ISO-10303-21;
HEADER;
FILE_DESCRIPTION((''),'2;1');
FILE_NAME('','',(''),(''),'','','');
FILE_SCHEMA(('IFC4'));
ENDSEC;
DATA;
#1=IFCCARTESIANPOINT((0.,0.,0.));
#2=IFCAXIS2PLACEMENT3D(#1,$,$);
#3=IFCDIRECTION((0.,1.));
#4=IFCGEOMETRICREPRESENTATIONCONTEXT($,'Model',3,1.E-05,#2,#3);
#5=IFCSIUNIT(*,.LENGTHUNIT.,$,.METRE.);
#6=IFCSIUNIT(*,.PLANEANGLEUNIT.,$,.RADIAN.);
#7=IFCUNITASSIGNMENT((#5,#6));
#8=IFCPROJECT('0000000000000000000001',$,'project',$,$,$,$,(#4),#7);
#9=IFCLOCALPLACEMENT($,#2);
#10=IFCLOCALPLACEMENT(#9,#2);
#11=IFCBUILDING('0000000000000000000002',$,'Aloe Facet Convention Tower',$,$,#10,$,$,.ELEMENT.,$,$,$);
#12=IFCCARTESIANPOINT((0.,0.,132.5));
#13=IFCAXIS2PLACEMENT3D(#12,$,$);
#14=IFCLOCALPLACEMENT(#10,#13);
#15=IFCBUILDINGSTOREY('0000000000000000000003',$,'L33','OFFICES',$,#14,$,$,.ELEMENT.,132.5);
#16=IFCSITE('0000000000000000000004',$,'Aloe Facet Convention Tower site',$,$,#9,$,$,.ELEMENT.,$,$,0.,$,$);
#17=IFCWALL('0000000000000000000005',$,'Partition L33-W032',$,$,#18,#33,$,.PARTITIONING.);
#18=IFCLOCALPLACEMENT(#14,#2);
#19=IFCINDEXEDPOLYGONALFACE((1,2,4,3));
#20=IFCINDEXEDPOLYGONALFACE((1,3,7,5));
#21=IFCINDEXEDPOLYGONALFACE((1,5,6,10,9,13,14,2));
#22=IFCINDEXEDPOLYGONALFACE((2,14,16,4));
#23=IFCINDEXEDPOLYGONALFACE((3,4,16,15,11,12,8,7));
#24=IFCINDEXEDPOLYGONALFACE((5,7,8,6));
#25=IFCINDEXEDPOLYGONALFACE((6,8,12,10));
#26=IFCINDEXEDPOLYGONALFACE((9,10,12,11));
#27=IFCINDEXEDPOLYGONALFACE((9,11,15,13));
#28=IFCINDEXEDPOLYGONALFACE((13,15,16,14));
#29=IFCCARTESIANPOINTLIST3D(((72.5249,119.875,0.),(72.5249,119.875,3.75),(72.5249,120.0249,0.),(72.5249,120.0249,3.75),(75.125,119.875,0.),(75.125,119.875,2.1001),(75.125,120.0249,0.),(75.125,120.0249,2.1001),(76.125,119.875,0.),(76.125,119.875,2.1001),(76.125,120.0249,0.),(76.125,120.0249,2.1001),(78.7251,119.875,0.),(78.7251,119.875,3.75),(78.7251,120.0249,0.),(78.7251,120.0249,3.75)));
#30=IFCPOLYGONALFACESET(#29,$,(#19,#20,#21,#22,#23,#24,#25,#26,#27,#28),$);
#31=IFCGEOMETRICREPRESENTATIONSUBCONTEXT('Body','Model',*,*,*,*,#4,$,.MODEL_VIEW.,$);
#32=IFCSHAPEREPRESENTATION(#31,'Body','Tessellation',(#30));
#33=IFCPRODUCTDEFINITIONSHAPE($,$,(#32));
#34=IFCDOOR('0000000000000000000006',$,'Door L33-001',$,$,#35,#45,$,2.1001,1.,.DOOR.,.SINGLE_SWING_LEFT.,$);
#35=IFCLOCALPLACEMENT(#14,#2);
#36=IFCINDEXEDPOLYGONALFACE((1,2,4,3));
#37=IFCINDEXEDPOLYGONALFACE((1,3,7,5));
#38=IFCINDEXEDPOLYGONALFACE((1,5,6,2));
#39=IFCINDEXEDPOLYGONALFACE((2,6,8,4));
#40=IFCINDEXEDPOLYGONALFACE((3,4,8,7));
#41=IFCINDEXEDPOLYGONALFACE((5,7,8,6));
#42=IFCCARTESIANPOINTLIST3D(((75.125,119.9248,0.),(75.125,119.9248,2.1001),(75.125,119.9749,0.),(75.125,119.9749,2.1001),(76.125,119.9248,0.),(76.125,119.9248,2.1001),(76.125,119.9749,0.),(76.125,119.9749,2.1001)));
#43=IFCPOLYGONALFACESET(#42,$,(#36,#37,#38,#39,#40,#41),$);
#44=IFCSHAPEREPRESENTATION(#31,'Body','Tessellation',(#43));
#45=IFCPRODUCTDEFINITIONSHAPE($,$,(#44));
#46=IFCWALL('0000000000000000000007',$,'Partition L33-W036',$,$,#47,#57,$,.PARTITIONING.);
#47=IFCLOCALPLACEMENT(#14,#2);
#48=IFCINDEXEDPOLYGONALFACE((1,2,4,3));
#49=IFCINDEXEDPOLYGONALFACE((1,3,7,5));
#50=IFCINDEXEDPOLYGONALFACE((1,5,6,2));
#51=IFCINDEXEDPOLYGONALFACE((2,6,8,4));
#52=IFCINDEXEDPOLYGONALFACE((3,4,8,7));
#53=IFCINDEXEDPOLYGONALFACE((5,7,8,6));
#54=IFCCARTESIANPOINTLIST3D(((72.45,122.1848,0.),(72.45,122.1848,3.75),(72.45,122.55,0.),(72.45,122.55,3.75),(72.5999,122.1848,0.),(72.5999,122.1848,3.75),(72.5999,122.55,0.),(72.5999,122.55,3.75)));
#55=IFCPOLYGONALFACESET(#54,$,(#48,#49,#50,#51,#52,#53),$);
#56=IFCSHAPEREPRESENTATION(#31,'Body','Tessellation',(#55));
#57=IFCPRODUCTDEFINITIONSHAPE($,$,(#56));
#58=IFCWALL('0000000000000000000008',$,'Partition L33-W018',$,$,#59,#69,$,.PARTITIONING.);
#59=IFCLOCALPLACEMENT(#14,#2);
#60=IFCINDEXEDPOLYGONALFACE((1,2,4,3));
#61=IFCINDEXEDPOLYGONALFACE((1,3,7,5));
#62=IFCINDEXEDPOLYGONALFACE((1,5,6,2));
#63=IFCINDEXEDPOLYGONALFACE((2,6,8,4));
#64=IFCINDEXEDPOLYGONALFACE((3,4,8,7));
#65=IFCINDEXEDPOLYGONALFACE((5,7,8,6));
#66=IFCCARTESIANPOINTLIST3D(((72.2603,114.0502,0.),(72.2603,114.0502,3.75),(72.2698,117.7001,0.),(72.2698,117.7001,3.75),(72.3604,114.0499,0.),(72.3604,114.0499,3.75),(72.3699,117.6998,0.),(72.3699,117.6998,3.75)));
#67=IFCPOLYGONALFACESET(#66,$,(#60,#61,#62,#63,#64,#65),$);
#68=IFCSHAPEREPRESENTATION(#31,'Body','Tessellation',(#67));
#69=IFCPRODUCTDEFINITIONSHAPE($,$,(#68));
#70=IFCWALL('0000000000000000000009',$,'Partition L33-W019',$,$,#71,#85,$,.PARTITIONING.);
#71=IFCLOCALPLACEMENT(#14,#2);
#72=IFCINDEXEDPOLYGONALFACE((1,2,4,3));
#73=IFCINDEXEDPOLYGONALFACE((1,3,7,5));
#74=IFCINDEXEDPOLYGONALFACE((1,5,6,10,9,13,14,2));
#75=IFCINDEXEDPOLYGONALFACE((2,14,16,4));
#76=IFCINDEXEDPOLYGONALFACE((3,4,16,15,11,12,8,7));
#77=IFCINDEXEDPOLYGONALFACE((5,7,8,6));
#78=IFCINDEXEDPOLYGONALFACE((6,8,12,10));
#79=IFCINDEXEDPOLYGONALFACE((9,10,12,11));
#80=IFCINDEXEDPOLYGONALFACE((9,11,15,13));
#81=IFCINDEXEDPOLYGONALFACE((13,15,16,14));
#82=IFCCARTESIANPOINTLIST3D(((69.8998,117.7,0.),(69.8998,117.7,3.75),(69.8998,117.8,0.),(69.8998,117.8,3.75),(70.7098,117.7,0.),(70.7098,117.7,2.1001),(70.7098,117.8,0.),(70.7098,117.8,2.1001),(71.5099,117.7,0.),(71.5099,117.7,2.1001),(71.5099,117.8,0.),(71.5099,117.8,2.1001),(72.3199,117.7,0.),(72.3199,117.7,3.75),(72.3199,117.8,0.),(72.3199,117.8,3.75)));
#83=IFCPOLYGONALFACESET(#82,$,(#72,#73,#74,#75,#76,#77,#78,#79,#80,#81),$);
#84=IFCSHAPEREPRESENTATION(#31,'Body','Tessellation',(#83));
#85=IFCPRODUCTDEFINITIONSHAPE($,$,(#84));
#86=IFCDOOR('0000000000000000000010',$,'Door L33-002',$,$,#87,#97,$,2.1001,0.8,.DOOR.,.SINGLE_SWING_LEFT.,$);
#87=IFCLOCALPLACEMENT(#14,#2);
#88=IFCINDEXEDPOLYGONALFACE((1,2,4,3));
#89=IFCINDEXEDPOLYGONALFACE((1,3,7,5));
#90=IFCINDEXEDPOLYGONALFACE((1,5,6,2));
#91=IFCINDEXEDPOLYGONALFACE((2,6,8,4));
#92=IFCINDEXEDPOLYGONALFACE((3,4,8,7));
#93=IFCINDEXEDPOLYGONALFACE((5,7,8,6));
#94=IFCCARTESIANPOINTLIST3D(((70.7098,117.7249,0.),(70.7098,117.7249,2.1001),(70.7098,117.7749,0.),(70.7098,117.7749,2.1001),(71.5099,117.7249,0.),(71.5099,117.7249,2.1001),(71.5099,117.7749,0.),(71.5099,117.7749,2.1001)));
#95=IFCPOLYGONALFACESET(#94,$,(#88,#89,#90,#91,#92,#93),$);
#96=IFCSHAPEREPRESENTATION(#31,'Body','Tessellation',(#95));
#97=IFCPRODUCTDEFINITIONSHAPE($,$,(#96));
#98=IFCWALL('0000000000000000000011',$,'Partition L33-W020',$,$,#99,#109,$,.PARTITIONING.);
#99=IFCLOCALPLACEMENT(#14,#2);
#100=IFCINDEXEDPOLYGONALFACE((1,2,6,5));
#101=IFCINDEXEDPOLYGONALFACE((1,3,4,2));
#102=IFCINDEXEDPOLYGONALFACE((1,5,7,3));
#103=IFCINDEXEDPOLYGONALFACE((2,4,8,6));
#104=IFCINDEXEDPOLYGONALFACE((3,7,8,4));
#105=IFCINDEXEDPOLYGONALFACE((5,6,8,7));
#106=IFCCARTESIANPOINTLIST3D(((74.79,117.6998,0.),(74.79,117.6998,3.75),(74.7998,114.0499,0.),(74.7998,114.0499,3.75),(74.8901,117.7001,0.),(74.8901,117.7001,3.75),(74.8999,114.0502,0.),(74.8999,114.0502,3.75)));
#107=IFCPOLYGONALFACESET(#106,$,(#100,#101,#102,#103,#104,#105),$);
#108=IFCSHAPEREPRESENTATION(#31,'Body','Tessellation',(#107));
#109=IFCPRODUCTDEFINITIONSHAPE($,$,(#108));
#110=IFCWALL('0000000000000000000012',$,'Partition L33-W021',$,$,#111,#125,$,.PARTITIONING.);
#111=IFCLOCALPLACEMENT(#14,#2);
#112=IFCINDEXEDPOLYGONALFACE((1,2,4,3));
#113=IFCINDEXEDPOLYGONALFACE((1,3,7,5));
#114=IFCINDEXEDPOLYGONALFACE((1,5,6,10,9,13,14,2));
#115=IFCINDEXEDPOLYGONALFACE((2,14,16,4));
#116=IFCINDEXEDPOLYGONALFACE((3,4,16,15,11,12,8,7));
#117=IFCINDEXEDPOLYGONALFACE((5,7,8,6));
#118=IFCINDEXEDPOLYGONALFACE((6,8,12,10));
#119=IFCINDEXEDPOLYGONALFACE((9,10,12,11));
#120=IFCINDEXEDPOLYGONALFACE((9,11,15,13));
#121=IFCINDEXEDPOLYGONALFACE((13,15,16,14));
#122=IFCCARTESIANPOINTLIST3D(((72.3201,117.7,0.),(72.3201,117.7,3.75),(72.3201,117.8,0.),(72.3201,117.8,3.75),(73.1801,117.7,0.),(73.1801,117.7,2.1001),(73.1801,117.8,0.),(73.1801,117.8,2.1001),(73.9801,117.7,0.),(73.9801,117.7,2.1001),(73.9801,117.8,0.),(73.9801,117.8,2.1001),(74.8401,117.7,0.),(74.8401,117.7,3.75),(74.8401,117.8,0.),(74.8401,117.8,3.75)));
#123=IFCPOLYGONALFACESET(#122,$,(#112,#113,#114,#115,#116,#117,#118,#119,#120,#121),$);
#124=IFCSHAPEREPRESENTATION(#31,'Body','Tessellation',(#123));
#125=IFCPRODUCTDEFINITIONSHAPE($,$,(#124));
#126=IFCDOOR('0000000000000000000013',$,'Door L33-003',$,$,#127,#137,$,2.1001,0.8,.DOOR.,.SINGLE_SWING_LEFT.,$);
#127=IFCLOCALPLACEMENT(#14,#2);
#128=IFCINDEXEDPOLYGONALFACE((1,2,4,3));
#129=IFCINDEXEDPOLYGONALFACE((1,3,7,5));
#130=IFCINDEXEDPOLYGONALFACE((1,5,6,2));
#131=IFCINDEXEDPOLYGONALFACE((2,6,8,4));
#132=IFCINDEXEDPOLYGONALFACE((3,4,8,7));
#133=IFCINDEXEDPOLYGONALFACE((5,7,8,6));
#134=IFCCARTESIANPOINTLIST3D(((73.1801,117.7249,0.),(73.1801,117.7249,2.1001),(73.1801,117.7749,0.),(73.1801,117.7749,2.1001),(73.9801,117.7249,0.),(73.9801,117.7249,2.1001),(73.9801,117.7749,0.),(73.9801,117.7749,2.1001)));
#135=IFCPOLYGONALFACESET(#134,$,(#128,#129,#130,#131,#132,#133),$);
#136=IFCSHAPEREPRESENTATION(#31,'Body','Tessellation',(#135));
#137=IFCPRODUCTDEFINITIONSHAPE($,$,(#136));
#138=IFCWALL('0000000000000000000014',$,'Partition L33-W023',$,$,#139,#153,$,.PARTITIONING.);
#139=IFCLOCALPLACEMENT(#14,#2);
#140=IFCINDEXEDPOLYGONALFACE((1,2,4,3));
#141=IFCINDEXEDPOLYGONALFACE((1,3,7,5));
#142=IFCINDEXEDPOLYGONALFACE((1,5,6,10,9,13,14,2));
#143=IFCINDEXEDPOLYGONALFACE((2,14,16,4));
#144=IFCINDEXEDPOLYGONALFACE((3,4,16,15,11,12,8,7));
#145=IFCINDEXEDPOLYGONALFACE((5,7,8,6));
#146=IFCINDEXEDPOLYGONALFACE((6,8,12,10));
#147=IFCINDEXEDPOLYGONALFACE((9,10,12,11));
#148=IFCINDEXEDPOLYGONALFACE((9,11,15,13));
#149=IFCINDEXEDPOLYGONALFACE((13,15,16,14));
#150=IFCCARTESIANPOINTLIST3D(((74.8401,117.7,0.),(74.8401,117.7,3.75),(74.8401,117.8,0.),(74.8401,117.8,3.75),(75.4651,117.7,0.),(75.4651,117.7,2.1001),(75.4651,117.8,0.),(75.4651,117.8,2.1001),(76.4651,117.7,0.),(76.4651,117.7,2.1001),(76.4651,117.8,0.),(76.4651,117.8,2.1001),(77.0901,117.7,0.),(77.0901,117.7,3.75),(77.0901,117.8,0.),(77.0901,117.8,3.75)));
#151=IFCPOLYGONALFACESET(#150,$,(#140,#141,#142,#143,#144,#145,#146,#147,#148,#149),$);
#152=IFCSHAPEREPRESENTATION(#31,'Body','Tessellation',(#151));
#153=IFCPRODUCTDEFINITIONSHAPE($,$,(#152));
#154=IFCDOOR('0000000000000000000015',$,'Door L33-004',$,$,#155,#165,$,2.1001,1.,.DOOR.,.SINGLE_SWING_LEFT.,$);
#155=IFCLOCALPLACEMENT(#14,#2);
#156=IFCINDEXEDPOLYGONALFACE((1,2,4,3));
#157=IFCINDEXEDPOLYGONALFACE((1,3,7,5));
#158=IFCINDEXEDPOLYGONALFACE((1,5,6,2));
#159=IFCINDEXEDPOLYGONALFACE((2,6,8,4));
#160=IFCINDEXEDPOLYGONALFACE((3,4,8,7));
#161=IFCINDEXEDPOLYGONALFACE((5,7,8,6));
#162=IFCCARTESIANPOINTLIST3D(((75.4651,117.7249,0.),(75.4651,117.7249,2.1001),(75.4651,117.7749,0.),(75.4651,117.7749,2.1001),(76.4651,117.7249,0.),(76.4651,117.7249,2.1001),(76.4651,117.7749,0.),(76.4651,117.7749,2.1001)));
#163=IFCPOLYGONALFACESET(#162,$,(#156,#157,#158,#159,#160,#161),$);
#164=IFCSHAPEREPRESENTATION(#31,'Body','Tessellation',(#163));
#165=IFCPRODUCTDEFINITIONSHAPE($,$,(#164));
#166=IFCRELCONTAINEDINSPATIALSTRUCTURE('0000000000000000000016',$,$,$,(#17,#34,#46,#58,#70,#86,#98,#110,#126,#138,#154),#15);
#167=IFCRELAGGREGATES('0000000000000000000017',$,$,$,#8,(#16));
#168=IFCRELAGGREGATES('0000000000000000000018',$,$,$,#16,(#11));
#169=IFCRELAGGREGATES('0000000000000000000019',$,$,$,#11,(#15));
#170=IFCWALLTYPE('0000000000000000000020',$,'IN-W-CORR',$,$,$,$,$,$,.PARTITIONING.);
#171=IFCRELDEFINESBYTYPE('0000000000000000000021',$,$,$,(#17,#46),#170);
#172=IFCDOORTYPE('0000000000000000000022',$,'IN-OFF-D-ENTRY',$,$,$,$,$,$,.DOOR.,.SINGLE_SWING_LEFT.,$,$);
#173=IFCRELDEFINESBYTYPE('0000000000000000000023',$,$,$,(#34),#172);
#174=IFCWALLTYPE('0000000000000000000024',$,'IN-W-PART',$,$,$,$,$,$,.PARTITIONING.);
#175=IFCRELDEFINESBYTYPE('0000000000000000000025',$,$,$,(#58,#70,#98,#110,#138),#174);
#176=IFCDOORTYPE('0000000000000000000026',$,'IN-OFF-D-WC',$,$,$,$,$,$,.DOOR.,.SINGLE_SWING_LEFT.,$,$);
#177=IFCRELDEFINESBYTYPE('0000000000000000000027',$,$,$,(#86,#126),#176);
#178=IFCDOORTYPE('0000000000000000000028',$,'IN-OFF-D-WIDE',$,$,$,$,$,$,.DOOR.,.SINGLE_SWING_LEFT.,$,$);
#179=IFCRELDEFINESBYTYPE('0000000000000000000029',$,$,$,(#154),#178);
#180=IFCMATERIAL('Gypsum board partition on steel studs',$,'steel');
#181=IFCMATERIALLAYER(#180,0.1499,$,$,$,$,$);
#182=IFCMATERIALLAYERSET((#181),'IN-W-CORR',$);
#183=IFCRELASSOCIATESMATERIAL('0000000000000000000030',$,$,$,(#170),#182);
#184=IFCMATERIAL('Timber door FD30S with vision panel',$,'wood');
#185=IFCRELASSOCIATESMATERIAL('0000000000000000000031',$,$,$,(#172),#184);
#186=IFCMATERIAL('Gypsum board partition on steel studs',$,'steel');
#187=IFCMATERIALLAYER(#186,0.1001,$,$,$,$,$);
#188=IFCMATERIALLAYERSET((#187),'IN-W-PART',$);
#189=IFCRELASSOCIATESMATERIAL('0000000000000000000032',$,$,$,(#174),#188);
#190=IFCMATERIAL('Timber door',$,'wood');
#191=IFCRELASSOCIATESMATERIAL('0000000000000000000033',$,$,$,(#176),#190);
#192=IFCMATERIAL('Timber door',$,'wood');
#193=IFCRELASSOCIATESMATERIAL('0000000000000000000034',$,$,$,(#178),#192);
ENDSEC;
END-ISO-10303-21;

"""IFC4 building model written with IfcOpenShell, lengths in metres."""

from ifc_helpers import new_model, si_unit, direction, frame, frame_2d, origin, place, context, subcontext, project, spatial, rectangle, extrude, material, layer, layer_set, type_object, element, fill, save


model = new_model("IFC4")

# Units and contexts
model_context = context("Model", 3, precision=1e-05, world=origin(), true_north=direction((0.0, 1.0)))
body_context = subcontext(model_context, "Body", "Model", "MODEL_VIEW")
ifc_project = project(units=[si_unit("LENGTHUNIT", "METRE"), si_unit("PLANEANGLEUNIT", "RADIAN")], contexts=[model_context])

# Site, building, storey
site_placement = place(None, origin())
site = spatial("IfcSite", under=ifc_project, at=site_placement, Name="Aloe Facet Convention Tower site", CompositionType="ELEMENT", RefElevation=0.0)
building_placement = place(site_placement, origin())
building = spatial("IfcBuilding", under=site, at=building_placement, Name="Aloe Facet Convention Tower", CompositionType="ELEMENT")
storey_placement = place(building_placement, frame((0.0, 0.0, 132.5)))
storey = spatial("IfcBuildingStorey", under=building, at=storey_placement, Name="L33", Description="OFFICES", CompositionType="ELEMENT", Elevation=132.5)

# Wall, opening, door
ifc_material_1 = material(Name="Gypsum board partition on steel studs", Category="steel")
ifc_layer_1 = layer(ifc_material_1, 0.1499)
ifc_layer_set_1 = layer_set([ifc_layer_1], Name="IN-W-CORR")
wall_type_1 = type_object("IfcWallType", Name="IN-W-CORR", PredefinedType="PARTITIONING", material=ifc_layer_set_1)
ifc_material_2 = material(Name="Timber door FD30S with vision panel", Category="wood")
door_type_1 = type_object("IfcDoorType", Name="IN-OFF-D-ENTRY", OperationType="SINGLE_SWING_LEFT", PredefinedType="DOOR", material=ifc_material_2)
wall_1_placement = place(storey_placement, frame((72.5249, 119.95, 0.0), z_axis=(0.0, 0.0, 1.0), x_axis=(1.0, 0.0, 0.0)))
wall_1 = element("IfcWall", 1, at=wall_1_placement, inside=storey, type_object=wall_type_1, Name="Partition L33-W032", PredefinedType="PARTITIONING", context=body_context, shape_type="SweptSolid", body=[
    extrude(rectangle(XDim=6.2002, YDim=0.1499, at=frame_2d((3.1001, 0.0))), origin(), (0.0, 0.0, 1.0), 3.75),
])
opening_1_placement = place(wall_1_placement, frame((2.6001, 0.0, 0.0)))
opening_1 = element("IfcOpeningElement", 2, at=opening_1_placement, cuts=wall_1, PredefinedType="OPENING", context=body_context, shape_type="SweptSolid", body=[
    extrude(rectangle(XDim=1.0, YDim=2.1001, at=frame_2d((0.5, 1.05))), frame((0.0, 0.085, 0.0), z_axis=(0.0, -1.0, 0.0), x_axis=(1.0, 0.0, 0.0)), (0.0, 0.0, 1.0), 0.1699),
])
door_1_placement = place(opening_1_placement, origin())
door_1 = element("IfcDoor", 3, at=door_1_placement, inside=storey, type_object=door_type_1, Name="Door L33-001", OperationType="SINGLE_SWING_LEFT", OverallHeight=2.1001, OverallWidth=1.0, PredefinedType="DOOR", context=body_context, shape_type="SweptSolid", body=[
    extrude(rectangle(XDim=1.0, YDim=2.1001, at=frame_2d((0.5, 1.05))), frame((0.0, 0.0249, 0.0), z_axis=(0.0, -1.0, 0.0), x_axis=(1.0, 0.0, 0.0)), (0.0, 0.0, 1.0), 0.05),
])
fill(opening_1, door_1)

# Walls
wall_2_placement = place(storey_placement, frame((72.5249, 122.1848, 0.0), z_axis=(0.0, 0.0, 1.0), x_axis=(0.0, 1.0, 0.0)))
element("IfcWall", 4, at=wall_2_placement, inside=storey, type_object=wall_type_1, Name="Partition L33-W036", PredefinedType="PARTITIONING", context=body_context, shape_type="SweptSolid", body=[
    extrude(rectangle(XDim=0.3652, YDim=0.1499, at=frame_2d((0.1826, 0.0))), origin(), (0.0, 0.0, 1.0), 3.75),
])
ifc_material_3 = material(Name="Gypsum board partition on steel studs", Category="steel")
ifc_layer_2 = layer(ifc_material_3, 0.1001)
ifc_layer_set_2 = layer_set([ifc_layer_2], Name="IN-W-PART")
wall_type_2 = type_object("IfcWallType", Name="IN-W-PART", PredefinedType="PARTITIONING", material=ifc_layer_set_2)
wall_3_placement = place(storey_placement, frame((72.3103, 114.05, 0.0), z_axis=(0.0, 0.0, 1.0), x_axis=(0.002609, 0.999997, 0.0)))
element("IfcWall", 5, at=wall_3_placement, inside=storey, type_object=wall_type_2, Name="Partition L33-W018", PredefinedType="PARTITIONING", context=body_context, shape_type="SweptSolid", body=[
    extrude(rectangle(XDim=3.6499, YDim=0.1001, at=frame_2d((1.825, 0.0))), origin(), (0.0, 0.0, 1.0), 3.75),
])

# Wall, opening, door
wall_4_placement = place(storey_placement, frame((69.8999, 117.75, 0.0), z_axis=(0.0, 0.0, 1.0), x_axis=(1.0, 0.0, 0.0)))
wall_4 = element("IfcWall", 6, at=wall_4_placement, inside=storey, type_object=wall_type_2, Name="Partition L33-W019", PredefinedType="PARTITIONING", context=body_context, shape_type="SweptSolid", body=[
    extrude(rectangle(XDim=2.4202, YDim=0.1001, at=frame_2d((1.21, 0.0))), origin(), (0.0, 0.0, 1.0), 3.75),
])
opening_2_placement = place(wall_4_placement, frame((0.8101, 0.0, 0.0)))
opening_2 = element("IfcOpeningElement", 7, at=opening_2_placement, cuts=wall_4, PredefinedType="OPENING", context=body_context, shape_type="SweptSolid", body=[
    extrude(rectangle(XDim=0.8, YDim=2.1001, at=frame_2d((0.3999, 1.05))), frame((0.0, 0.0601, 0.0), z_axis=(0.0, -1.0, 0.0), x_axis=(1.0, 0.0, 0.0)), (0.0, 0.0, 1.0), 0.1201),
])
ifc_material_4 = material(Name="Timber door", Category="wood")
door_type_2 = type_object("IfcDoorType", Name="IN-OFF-D-WC", OperationType="SINGLE_SWING_LEFT", PredefinedType="DOOR", material=ifc_material_4)
door_2_placement = place(opening_2_placement, origin())
door_2 = element("IfcDoor", 8, at=door_2_placement, inside=storey, type_object=door_type_2, Name="Door L33-002", OperationType="SINGLE_SWING_LEFT", OverallHeight=2.1001, OverallWidth=0.8, PredefinedType="DOOR", context=body_context, shape_type="SweptSolid", body=[
    extrude(rectangle(XDim=0.8, YDim=2.1001, at=frame_2d((0.3999, 1.05))), frame((0.0, 0.0249, 0.0), z_axis=(0.0, -1.0, 0.0), x_axis=(1.0, 0.0, 0.0)), (0.0, 0.0, 1.0), 0.05),
])
fill(opening_2, door_2)

# Wall
wall_5_placement = place(storey_placement, frame((74.8499, 114.05, 0.0), z_axis=(0.0, 0.0, 1.0), x_axis=(-0.002676, 0.999996, 0.0)))
element("IfcWall", 9, at=wall_5_placement, inside=storey, type_object=wall_type_2, Name="Partition L33-W020", PredefinedType="PARTITIONING", context=body_context, shape_type="SweptSolid", body=[
    extrude(rectangle(XDim=3.6499, YDim=0.1001, at=frame_2d((1.825, 0.0))), origin(), (0.0, 0.0, 1.0), 3.75),
])

# Walls, openings, doors
wall_6_placement = place(storey_placement, frame((72.3201, 117.75, 0.0), z_axis=(0.0, 0.0, 1.0), x_axis=(1.0, 0.0, 0.0)))
wall_6 = element("IfcWall", 10, at=wall_6_placement, inside=storey, type_object=wall_type_2, Name="Partition L33-W021", PredefinedType="PARTITIONING", context=body_context, shape_type="SweptSolid", body=[
    extrude(rectangle(XDim=2.52, YDim=0.1001, at=frame_2d((1.26, 0.0))), origin(), (0.0, 0.0, 1.0), 3.75),
])
opening_3_placement = place(wall_6_placement, frame((0.8601, 0.0, 0.0)))
opening_3 = element("IfcOpeningElement", 11, at=opening_3_placement, cuts=wall_6, PredefinedType="OPENING", context=body_context, shape_type="SweptSolid", body=[
    extrude(rectangle(XDim=0.8, YDim=2.1001, at=frame_2d((0.3999, 1.05))), frame((0.0, 0.0601, 0.0), z_axis=(0.0, -1.0, 0.0), x_axis=(1.0, 0.0, 0.0)), (0.0, 0.0, 1.0), 0.1201),
])
door_3_placement = place(opening_3_placement, origin())
door_3 = element("IfcDoor", 12, at=door_3_placement, inside=storey, type_object=door_type_2, Name="Door L33-003", OperationType="SINGLE_SWING_LEFT", OverallHeight=2.1001, OverallWidth=0.8, PredefinedType="DOOR", context=body_context, shape_type="SweptSolid", body=[
    extrude(rectangle(XDim=0.8, YDim=2.1001, at=frame_2d((0.3999, 1.05))), frame((0.0, 0.0249, 0.0), z_axis=(0.0, -1.0, 0.0), x_axis=(1.0, 0.0, 0.0)), (0.0, 0.0, 1.0), 0.05),
])
fill(opening_3, door_3)
wall_7_placement = place(storey_placement, frame((74.8401, 117.75, 0.0), z_axis=(0.0, 0.0, 1.0), x_axis=(1.0, 0.0, 0.0)))
wall_7 = element("IfcWall", 13, at=wall_7_placement, inside=storey, type_object=wall_type_2, Name="Partition L33-W023", PredefinedType="PARTITIONING", context=body_context, shape_type="SweptSolid", body=[
    extrude(rectangle(XDim=2.25, YDim=0.1001, at=frame_2d((1.125, 0.0))), origin(), (0.0, 0.0, 1.0), 3.75),
])
opening_4_placement = place(wall_7_placement, frame((0.625, 0.0, 0.0)))
opening_4 = element("IfcOpeningElement", 14, at=opening_4_placement, cuts=wall_7, PredefinedType="OPENING", context=body_context, shape_type="SweptSolid", body=[
    extrude(rectangle(XDim=1.0, YDim=2.1001, at=frame_2d((0.5, 1.05))), frame((0.0, 0.0601, 0.0), z_axis=(0.0, -1.0, 0.0), x_axis=(1.0, 0.0, 0.0)), (0.0, 0.0, 1.0), 0.1201),
])
ifc_material_5 = material(Name="Timber door", Category="wood")
door_type_3 = type_object("IfcDoorType", Name="IN-OFF-D-WIDE", OperationType="SINGLE_SWING_LEFT", PredefinedType="DOOR", material=ifc_material_5)
door_4_placement = place(opening_4_placement, origin())
door_4 = element("IfcDoor", 15, at=door_4_placement, inside=storey, type_object=door_type_3, Name="Door L33-004", OperationType="SINGLE_SWING_LEFT", OverallHeight=2.1001, OverallWidth=1.0, PredefinedType="DOOR", context=body_context, shape_type="SweptSolid", body=[
    extrude(rectangle(XDim=1.0, YDim=2.1001, at=frame_2d((0.5, 1.05))), frame((0.0, 0.0249, 0.0), z_axis=(0.0, -1.0, 0.0), x_axis=(1.0, 0.0, 0.0)), (0.0, 0.0, 1.0), 0.05),
])
fill(opening_4, door_4)

save(model, "model.ifc")
